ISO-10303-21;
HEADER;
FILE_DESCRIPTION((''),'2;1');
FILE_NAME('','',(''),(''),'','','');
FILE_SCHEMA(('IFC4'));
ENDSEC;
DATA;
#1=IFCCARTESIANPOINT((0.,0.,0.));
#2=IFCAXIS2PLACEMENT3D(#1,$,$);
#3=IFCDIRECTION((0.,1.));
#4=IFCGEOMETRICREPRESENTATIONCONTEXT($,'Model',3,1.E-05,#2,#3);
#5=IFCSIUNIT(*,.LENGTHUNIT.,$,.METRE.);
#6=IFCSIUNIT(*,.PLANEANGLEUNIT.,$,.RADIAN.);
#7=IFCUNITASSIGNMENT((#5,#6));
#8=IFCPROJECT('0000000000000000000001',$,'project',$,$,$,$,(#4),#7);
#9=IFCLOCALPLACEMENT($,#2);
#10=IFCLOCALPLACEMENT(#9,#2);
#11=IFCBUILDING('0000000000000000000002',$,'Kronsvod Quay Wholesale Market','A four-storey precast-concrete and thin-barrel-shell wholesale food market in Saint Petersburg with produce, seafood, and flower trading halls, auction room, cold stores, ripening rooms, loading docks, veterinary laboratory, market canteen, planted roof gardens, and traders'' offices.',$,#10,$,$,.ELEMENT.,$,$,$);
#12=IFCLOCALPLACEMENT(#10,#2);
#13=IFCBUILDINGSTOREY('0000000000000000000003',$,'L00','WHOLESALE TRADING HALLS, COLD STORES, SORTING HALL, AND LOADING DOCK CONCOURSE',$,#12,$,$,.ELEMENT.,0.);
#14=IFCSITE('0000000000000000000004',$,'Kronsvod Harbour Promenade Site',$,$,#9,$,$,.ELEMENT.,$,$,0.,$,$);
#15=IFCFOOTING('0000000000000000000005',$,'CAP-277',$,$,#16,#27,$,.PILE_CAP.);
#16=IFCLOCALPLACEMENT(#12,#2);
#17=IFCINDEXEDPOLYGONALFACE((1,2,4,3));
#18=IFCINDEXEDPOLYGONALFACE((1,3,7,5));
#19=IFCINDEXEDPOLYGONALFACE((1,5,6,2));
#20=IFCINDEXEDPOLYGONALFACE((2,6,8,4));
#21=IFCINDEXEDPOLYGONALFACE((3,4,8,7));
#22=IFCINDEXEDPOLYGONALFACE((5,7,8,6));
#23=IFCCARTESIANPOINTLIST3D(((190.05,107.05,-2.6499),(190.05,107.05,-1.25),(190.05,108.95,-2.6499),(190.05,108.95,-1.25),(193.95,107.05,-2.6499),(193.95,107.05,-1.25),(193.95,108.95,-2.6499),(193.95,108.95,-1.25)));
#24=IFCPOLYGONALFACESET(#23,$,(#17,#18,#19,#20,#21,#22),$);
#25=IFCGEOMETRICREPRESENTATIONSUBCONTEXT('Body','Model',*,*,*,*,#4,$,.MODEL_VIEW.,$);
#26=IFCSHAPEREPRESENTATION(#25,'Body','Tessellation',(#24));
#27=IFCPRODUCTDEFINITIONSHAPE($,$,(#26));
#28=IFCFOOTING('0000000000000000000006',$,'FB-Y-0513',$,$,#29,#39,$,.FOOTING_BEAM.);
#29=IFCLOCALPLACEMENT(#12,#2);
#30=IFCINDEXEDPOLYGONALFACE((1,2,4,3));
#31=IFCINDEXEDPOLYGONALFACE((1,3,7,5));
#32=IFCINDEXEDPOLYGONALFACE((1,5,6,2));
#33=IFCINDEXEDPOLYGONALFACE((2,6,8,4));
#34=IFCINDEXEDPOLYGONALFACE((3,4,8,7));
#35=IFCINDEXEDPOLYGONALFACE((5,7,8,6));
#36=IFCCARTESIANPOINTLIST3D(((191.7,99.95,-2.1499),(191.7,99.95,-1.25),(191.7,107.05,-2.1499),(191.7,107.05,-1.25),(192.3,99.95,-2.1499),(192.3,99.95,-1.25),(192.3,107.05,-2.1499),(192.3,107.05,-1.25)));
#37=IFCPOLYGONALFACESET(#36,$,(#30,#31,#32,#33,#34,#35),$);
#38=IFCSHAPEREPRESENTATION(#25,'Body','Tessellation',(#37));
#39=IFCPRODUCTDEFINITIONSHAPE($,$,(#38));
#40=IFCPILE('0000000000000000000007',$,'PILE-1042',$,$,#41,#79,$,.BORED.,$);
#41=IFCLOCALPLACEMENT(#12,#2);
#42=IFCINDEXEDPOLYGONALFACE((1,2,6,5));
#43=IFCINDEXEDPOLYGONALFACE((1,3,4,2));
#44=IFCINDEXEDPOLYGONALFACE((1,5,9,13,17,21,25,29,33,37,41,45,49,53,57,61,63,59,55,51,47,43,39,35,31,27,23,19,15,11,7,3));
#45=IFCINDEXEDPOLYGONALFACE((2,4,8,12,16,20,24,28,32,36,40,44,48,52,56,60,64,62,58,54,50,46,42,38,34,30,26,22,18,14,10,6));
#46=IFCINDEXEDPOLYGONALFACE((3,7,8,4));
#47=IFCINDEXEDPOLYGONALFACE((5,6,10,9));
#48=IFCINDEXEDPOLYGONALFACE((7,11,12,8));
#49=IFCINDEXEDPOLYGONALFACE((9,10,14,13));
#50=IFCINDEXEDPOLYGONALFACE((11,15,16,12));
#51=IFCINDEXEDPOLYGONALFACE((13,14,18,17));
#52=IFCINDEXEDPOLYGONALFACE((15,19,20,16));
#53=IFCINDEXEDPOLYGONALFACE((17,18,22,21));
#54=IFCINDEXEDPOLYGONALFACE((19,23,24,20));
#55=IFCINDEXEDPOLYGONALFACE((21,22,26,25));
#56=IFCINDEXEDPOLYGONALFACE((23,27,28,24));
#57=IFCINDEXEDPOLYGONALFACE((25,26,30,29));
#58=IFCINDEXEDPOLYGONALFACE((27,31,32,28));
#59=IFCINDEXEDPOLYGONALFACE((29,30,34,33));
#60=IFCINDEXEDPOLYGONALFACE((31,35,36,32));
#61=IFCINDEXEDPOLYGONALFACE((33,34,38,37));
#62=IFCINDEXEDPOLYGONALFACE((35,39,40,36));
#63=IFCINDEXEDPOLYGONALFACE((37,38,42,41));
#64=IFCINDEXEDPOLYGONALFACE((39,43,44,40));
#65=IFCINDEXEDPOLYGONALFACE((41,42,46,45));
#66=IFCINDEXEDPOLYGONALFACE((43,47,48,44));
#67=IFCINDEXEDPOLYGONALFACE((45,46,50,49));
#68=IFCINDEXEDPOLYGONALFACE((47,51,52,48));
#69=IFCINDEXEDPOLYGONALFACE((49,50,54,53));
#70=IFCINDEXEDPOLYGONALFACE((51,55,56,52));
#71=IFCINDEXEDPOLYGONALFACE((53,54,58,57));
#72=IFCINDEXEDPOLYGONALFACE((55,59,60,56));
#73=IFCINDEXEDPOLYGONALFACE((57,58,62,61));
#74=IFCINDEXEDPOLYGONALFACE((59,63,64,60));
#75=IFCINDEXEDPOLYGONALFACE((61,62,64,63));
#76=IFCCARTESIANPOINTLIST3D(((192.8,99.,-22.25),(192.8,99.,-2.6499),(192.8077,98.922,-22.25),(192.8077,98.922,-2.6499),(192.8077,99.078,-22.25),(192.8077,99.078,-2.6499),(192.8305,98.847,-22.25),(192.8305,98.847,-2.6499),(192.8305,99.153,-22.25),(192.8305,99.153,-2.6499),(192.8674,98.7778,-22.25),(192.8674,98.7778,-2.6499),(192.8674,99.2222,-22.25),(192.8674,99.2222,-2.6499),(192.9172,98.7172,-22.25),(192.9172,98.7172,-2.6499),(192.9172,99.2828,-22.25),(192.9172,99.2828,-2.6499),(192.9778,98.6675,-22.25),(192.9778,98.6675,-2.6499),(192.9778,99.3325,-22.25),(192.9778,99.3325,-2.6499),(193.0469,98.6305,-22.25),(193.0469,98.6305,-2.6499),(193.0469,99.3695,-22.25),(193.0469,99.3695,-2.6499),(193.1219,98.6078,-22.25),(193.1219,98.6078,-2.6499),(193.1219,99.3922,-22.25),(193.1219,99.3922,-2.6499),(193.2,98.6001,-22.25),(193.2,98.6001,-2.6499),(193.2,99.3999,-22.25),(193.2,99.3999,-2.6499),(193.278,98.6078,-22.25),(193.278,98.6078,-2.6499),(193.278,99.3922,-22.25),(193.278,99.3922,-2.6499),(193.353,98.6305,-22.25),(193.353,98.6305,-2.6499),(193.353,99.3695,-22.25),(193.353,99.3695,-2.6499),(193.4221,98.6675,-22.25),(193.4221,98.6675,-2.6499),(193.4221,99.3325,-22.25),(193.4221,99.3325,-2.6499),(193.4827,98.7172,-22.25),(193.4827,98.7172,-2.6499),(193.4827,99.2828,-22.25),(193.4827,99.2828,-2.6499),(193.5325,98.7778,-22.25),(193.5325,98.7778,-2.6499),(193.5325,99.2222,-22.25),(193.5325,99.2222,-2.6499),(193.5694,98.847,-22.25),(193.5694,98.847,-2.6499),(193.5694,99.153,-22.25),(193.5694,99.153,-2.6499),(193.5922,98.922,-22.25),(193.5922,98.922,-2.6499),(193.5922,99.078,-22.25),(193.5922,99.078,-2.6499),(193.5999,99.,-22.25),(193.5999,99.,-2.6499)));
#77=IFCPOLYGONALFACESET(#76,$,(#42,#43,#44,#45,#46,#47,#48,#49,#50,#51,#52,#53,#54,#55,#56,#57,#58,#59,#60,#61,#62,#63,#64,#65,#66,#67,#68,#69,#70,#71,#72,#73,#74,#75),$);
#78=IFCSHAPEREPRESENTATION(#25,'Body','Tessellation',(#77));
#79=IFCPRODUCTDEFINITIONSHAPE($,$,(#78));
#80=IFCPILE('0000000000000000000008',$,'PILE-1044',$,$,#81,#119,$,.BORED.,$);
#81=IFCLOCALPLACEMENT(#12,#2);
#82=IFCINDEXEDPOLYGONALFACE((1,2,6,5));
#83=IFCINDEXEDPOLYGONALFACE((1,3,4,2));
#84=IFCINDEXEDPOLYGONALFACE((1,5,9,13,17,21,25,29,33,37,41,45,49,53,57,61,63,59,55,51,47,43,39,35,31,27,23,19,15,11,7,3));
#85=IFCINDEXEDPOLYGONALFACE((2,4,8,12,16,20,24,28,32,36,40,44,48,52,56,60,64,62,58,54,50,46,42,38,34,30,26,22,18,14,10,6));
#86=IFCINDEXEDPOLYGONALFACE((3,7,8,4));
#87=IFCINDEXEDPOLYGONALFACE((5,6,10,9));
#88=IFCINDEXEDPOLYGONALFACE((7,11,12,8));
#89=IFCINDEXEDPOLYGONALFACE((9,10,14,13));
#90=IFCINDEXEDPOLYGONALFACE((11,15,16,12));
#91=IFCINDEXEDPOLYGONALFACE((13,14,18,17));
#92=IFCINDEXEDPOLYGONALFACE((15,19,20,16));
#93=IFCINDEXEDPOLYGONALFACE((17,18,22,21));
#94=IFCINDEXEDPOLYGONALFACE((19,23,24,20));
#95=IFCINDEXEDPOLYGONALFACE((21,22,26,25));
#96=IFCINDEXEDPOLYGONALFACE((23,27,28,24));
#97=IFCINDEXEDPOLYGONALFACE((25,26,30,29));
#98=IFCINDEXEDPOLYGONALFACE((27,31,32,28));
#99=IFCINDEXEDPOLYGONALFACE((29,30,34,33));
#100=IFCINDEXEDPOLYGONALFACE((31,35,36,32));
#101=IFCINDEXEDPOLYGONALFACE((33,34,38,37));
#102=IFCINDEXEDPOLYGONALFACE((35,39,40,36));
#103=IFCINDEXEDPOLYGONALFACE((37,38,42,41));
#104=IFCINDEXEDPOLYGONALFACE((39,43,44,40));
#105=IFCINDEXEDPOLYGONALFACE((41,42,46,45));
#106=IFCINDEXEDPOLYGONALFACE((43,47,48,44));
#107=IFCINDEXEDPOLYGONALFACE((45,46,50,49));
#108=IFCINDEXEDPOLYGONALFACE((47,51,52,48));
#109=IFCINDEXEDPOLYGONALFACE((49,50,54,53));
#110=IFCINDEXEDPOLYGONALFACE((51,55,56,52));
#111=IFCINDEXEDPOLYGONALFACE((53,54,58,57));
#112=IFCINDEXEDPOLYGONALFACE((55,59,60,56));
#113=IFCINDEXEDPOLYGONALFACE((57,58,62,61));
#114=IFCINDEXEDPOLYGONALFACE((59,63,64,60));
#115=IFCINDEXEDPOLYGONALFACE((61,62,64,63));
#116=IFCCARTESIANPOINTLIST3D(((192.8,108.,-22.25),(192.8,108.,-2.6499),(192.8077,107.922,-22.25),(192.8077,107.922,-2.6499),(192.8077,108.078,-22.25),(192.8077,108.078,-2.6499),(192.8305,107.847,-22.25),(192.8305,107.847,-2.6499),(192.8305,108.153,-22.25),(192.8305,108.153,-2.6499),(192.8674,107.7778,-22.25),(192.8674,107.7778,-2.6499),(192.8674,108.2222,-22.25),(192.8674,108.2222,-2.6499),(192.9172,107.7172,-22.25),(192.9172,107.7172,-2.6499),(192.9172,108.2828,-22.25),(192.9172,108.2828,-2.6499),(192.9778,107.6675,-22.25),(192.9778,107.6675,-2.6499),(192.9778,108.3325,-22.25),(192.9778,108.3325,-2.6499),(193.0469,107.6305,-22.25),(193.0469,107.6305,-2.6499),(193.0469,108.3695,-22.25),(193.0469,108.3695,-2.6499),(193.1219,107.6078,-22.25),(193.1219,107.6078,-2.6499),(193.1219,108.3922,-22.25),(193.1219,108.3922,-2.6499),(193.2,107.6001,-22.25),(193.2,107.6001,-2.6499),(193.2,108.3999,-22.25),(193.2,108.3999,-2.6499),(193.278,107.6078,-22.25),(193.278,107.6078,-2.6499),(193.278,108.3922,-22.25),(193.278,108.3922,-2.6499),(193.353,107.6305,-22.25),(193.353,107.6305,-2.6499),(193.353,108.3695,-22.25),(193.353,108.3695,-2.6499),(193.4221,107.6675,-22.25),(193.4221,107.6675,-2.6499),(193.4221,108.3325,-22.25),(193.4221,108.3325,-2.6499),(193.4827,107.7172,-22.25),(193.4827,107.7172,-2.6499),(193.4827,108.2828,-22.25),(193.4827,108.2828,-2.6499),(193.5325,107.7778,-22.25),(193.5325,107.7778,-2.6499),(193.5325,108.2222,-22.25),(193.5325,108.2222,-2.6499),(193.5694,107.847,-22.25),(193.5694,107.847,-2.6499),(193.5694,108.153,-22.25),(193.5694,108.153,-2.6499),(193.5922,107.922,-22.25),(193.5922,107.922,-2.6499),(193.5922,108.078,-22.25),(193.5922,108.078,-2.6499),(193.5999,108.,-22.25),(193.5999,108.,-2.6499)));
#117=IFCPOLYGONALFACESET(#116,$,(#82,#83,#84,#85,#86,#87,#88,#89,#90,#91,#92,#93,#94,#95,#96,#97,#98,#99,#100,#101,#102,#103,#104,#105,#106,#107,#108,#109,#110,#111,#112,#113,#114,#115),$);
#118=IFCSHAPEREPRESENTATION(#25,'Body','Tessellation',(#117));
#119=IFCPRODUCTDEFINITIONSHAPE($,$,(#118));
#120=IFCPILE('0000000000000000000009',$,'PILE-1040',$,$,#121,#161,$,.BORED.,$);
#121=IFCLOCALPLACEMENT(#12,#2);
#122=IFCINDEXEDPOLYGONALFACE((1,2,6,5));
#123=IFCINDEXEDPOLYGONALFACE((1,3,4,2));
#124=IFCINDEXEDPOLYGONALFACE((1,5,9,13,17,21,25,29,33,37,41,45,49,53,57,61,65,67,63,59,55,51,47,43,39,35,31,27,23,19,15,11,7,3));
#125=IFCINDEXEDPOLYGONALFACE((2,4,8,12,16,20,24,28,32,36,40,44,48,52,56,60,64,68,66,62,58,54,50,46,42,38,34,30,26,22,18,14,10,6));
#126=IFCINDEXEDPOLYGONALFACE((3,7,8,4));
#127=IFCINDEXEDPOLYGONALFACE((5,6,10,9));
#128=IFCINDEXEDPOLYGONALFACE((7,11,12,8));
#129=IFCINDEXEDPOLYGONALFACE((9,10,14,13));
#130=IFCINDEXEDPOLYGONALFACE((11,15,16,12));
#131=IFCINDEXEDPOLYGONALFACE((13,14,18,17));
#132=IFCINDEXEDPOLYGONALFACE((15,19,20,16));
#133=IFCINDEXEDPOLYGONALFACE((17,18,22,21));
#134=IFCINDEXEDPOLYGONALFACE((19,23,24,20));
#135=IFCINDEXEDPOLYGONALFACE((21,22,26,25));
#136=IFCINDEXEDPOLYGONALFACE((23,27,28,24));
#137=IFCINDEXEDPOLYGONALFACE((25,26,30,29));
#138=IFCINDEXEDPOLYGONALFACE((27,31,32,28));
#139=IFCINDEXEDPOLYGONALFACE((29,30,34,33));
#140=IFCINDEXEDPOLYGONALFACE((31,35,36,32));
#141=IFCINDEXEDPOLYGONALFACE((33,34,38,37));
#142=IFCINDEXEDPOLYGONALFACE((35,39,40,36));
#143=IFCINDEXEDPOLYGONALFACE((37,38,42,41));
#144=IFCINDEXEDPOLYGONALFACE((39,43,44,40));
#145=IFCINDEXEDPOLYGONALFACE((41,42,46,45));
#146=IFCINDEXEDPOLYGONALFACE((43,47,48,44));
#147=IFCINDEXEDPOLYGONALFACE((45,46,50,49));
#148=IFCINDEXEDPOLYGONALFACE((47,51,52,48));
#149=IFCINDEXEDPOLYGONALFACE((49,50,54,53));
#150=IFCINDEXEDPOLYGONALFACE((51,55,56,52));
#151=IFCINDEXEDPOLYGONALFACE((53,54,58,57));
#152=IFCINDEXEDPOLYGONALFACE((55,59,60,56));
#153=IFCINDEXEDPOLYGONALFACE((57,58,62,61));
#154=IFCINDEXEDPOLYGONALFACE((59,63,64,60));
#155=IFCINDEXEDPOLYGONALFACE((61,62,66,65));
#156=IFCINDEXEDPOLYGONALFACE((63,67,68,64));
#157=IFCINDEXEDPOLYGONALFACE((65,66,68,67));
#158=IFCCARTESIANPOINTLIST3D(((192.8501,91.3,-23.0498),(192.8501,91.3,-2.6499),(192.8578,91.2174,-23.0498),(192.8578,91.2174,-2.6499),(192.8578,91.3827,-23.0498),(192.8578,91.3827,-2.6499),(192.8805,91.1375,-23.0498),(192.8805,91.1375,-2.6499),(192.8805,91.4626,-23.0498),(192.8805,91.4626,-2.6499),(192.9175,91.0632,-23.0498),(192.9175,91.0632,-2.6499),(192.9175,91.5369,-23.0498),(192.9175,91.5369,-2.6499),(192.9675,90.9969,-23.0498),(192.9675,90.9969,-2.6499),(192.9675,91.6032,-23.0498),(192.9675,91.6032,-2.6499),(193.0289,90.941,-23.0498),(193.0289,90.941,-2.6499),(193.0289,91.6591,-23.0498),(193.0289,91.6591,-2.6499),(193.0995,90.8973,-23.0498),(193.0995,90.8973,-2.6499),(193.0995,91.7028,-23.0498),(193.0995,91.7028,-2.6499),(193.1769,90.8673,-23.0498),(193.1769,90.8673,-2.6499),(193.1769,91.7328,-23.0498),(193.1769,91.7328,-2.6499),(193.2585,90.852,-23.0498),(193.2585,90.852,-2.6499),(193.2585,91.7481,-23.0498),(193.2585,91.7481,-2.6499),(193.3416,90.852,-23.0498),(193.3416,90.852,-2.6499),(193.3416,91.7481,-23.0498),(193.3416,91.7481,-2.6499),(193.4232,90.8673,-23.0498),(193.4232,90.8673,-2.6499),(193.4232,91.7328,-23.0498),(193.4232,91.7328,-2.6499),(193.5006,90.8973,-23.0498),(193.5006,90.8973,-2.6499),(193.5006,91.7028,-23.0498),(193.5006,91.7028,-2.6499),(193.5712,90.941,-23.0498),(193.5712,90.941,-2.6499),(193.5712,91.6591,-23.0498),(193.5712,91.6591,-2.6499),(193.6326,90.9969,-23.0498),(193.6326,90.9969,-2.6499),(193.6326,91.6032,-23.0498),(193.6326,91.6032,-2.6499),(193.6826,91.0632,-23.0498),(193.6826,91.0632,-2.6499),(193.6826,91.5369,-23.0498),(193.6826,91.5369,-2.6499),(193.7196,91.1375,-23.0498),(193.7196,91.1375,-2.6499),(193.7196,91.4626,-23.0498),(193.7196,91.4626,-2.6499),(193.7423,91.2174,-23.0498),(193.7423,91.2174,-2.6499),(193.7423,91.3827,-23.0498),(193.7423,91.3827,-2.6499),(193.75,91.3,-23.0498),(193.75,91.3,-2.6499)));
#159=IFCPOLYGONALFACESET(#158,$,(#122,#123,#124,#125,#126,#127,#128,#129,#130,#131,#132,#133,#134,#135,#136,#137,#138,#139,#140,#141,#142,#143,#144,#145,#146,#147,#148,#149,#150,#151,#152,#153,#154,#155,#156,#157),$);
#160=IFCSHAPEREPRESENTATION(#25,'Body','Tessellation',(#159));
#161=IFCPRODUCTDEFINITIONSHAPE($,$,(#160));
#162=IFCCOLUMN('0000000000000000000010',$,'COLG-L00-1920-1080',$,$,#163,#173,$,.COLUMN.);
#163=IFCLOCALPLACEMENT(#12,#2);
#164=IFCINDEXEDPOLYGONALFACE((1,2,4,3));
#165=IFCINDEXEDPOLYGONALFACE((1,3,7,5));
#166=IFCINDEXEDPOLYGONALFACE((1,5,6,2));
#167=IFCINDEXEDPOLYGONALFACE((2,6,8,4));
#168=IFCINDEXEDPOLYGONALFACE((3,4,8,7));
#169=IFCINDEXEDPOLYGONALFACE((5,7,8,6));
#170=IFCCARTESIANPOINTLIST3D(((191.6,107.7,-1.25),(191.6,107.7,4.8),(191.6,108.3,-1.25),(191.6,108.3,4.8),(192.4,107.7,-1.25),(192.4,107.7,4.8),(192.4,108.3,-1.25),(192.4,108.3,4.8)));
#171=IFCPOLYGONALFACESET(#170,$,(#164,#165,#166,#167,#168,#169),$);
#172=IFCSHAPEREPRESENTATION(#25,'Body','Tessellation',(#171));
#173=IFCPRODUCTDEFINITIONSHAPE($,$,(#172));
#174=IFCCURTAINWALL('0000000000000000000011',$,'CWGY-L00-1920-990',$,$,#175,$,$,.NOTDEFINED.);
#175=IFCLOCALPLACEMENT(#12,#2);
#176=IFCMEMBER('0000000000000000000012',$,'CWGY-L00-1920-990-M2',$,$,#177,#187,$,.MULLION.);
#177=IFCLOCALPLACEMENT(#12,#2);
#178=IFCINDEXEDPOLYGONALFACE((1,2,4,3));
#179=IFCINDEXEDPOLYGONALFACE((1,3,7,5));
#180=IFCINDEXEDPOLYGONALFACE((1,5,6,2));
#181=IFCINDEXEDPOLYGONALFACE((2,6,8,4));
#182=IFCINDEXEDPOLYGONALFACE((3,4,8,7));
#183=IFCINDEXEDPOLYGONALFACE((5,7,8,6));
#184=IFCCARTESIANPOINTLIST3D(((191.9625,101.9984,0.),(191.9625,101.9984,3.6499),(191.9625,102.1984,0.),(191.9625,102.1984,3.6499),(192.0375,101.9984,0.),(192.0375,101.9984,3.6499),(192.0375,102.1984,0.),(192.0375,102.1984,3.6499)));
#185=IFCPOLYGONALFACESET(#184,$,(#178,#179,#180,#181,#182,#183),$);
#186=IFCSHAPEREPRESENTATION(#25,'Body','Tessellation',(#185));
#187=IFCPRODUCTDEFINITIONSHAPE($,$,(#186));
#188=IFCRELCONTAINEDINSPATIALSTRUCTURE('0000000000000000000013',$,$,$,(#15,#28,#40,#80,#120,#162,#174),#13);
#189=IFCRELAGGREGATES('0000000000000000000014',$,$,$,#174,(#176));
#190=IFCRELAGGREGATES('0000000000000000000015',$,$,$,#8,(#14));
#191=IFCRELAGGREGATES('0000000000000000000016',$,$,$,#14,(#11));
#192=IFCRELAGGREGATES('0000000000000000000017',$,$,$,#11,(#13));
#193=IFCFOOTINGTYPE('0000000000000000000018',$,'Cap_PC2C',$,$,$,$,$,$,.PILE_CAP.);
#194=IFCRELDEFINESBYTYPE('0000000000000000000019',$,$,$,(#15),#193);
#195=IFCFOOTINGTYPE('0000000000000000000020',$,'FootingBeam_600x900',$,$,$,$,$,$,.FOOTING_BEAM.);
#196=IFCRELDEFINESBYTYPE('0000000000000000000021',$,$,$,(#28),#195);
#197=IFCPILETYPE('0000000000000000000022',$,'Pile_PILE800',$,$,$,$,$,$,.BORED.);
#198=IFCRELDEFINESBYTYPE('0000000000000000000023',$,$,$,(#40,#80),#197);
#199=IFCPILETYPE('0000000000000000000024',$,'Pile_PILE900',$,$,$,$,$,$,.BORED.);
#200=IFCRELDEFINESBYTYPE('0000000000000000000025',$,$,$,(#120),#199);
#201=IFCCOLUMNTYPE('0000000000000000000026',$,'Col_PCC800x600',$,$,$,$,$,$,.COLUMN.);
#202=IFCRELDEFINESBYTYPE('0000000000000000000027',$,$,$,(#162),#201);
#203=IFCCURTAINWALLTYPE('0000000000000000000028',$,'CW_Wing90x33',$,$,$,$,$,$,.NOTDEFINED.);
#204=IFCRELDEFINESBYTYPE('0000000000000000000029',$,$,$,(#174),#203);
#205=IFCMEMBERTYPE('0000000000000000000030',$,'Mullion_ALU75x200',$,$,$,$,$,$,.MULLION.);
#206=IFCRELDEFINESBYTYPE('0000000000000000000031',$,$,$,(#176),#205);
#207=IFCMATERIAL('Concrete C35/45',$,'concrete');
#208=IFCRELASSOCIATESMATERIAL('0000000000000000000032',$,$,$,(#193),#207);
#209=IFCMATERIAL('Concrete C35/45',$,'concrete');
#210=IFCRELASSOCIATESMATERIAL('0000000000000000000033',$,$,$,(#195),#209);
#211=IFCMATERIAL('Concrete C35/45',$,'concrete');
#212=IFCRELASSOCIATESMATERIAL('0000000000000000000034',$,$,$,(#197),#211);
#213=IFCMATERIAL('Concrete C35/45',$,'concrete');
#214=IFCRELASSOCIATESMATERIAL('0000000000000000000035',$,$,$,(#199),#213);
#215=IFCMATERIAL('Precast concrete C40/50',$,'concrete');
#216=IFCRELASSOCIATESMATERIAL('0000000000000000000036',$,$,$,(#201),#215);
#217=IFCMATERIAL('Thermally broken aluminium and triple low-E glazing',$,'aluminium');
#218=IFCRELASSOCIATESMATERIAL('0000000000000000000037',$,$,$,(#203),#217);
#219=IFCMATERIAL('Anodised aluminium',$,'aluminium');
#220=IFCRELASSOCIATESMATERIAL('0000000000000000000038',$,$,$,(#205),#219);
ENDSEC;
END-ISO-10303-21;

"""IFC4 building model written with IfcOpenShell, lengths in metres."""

from ifc_helpers import new_model, si_unit, direction, frame, origin, origin_2d, place, context, subcontext, project, spatial, rectangle, circle, extrude, material, material_profile, profile_set, type_object, element, aggregate, save


model = new_model("IFC4")

# Units and contexts
model_context = context("Model", 3, precision=1e-05, world=origin(), true_north=direction((0.0, 1.0)))
body_context = subcontext(model_context, "Body", "Model", "MODEL_VIEW")
ifc_project = project(units=[si_unit("LENGTHUNIT", "METRE"), si_unit("PLANEANGLEUNIT", "RADIAN")], contexts=[model_context])

# Site, building, storey
site_placement = place(None, origin())
site = spatial("IfcSite", under=ifc_project, at=site_placement, Name="Kronsvod Harbour Promenade Site", CompositionType="ELEMENT", RefElevation=0.0)
building_placement = place(site_placement, origin())
building = spatial("IfcBuilding", under=site, at=building_placement, Name="Kronsvod Quay Wholesale Market", Description="A four-storey precast-concrete and thin-barrel-shell wholesale food market in Saint Petersburg with produce, seafood, and flower trading halls, auction room, cold stores, ripening rooms, loading docks, veterinary laboratory, market canteen, planted roof gardens, and traders' offices.", CompositionType="ELEMENT")
storey_placement = place(building_placement, origin())
storey = spatial("IfcBuildingStorey", under=building, at=storey_placement, Name="L00", Description="WHOLESALE TRADING HALLS, COLD STORES, SORTING HALL, AND LOADING DOCK CONCOURSE", CompositionType="ELEMENT", Elevation=0.0)

# Footings
ifc_material_1 = material(Name="Concrete C35/45", Category="concrete")
footing_type_1 = type_object("IfcFootingType", Name="Cap_PC2C", PredefinedType="PILE_CAP", material=ifc_material_1)
footing_1_placement = place(storey_placement, frame((192.0, 108.0, -2.6499), z_axis=(0.0, 0.0, 1.0), x_axis=(1.0, 0.0, 0.0)))
element("IfcFooting", 1, at=footing_1_placement, inside=storey, type_object=footing_type_1, Name="CAP-277", PredefinedType="PILE_CAP", context=body_context, shape_type="SweptSolid", body=[
    extrude(rectangle(XDim=3.8999, YDim=1.8999, at=origin_2d()), origin(), (0.0, 0.0, 1.0), 1.3999),
])
ifc_material_2 = material(Name="Concrete C35/45", Category="concrete")
ifc_material_profile_1 = material_profile(ifc_material_2, rectangle(XDim=0.6001, YDim=0.8999, at=origin_2d()), Name="FB-02")
ifc_profile_set_1 = profile_set([ifc_material_profile_1], Name="Concrete C35/45")
footing_type_2 = type_object("IfcFootingType", Name="FootingBeam_600x900", PredefinedType="FOOTING_BEAM", material=ifc_profile_set_1)
footing_2_placement = place(storey_placement, frame((192.0, 99.95, -1.7), z_axis=(0.0, 1.0, 0.0), x_axis=(-1.0, 0.0, 0.0)))
element("IfcFooting", 2, at=footing_2_placement, inside=storey, type_object=footing_type_2, Name="FB-Y-0513", PredefinedType="FOOTING_BEAM", context=body_context, shape_type="SweptSolid", body=[
    extrude(rectangle(XDim=0.6001, YDim=0.8999, at=origin_2d()), origin(), (0.0, 0.0, 1.0), 7.1001),
])

# Piles
ifc_material_3 = material(Name="Concrete C35/45", Category="concrete")
ifc_material_profile_2 = material_profile(ifc_material_3, circle(Radius=0.3999, at=origin_2d()), Name="PILE800")
ifc_profile_set_2 = profile_set([ifc_material_profile_2], Name="Concrete C35/45")
pile_type_1 = type_object("IfcPileType", Name="Pile_PILE800", PredefinedType="BORED", material=ifc_profile_set_2)
for number, where, z_axis, x_axis, name in (
    (3, (193.2, 99.0, -2.6499), (0.0, 0.0, -1.0), (1.0, 0.0, 0.0), "PILE-1042"),
    (4, (193.2, 108.0, -2.6499), (0.0, 0.0, -1.0), (1.0, 0.0, 0.0), "PILE-1044"),
):
    element("IfcPile", number, at=place(storey_placement, frame(where, z_axis=z_axis, x_axis=x_axis)), inside=storey, type_object=pile_type_1, Name=name, PredefinedType="BORED", context=body_context, shape_type="SweptSolid", body=[
        extrude(circle(Radius=0.3999, at=origin_2d()), origin(), (0.0, 0.0, 1.0), 19.6001),
    ])
ifc_material_4 = material(Name="Concrete C35/45", Category="concrete")
ifc_material_profile_3 = material_profile(ifc_material_4, circle(Radius=0.45, at=origin_2d()), Name="PILE900")
ifc_profile_set_3 = profile_set([ifc_material_profile_3], Name="Concrete C35/45")
pile_type_2 = type_object("IfcPileType", Name="Pile_PILE900", PredefinedType="BORED", material=ifc_profile_set_3)
pile_placement = place(storey_placement, frame((193.3, 91.3, -2.6499), z_axis=(0.0, 0.0, -1.0), x_axis=(1.0, 0.0, 0.0)))
element("IfcPile", 5, at=pile_placement, inside=storey, type_object=pile_type_2, Name="PILE-1040", PredefinedType="BORED", context=body_context, shape_type="SweptSolid", body=[
    extrude(circle(Radius=0.45, at=origin_2d()), origin(), (0.0, 0.0, 1.0), 20.3999),
])

# Column
ifc_material_5 = material(Name="Precast concrete C40/50", Category="concrete")
ifc_material_profile_4 = material_profile(ifc_material_5, rectangle(XDim=0.8, YDim=0.6001, at=origin_2d()), Name="PCC800x600")
ifc_profile_set_4 = profile_set([ifc_material_profile_4], Name="Precast concrete C40/50")
column_type = type_object("IfcColumnType", Name="Col_PCC800x600", PredefinedType="COLUMN", material=ifc_profile_set_4)
column_placement = place(storey_placement, frame((192.0, 108.0, -1.25), z_axis=(0.0, 0.0, 1.0), x_axis=(1.0, 0.0, 0.0)))
element("IfcColumn", 6, at=column_placement, inside=storey, type_object=column_type, Name="COLG-L00-1920-1080", PredefinedType="COLUMN", context=body_context, shape_type="SweptSolid", body=[
    extrude(rectangle(XDim=0.8, YDim=0.6001, at=origin_2d()), origin(), (0.0, 0.0, 1.0), 6.05),
])

# Curtain wall, member
ifc_material_6 = material(Name="Thermally broken aluminium and triple low-E glazing", Category="aluminium")
curtain_wall_type = type_object("IfcCurtainWallType", Name="CW_Wing90x33", PredefinedType="NOTDEFINED", material=ifc_material_6)
curtain_wall_placement = place(storey_placement, origin())
curtain_wall = element("IfcCurtainWall", 7, at=curtain_wall_placement, inside=storey, type_object=curtain_wall_type, Name="CWGY-L00-1920-990", PredefinedType="NOTDEFINED")
ifc_material_7 = material(Name="Anodised aluminium", Category="aluminium")
ifc_material_profile_5 = material_profile(ifc_material_7, rectangle(XDim=0.075, YDim=0.2, at=origin_2d()), Name="ALUM75x200")
ifc_profile_set_5 = profile_set([ifc_material_profile_5], Name="Anodised aluminium")
member_type_1 = type_object("IfcMemberType", Name="Mullion_ALU75x200", PredefinedType="MULLION", material=ifc_profile_set_5)
member_1_placement = place(storey_placement, frame((192.0, 102.0984, 0.0), z_axis=(0.0, 0.0, 1.0), x_axis=(1.0, 0.0, 0.0)))
member_1 = element("IfcMember", 8, at=member_1_placement, type_object=member_type_1, Name="CWGY-L00-1920-990-M2", PredefinedType="MULLION", context=body_context, shape_type="SweptSolid", body=[
    extrude(rectangle(XDim=0.075, YDim=0.2, at=origin_2d()), origin(), (0.0, 0.0, 1.0), 3.6499),
])
aggregate(curtain_wall, [member_1])

save(model, "model.ifc")
